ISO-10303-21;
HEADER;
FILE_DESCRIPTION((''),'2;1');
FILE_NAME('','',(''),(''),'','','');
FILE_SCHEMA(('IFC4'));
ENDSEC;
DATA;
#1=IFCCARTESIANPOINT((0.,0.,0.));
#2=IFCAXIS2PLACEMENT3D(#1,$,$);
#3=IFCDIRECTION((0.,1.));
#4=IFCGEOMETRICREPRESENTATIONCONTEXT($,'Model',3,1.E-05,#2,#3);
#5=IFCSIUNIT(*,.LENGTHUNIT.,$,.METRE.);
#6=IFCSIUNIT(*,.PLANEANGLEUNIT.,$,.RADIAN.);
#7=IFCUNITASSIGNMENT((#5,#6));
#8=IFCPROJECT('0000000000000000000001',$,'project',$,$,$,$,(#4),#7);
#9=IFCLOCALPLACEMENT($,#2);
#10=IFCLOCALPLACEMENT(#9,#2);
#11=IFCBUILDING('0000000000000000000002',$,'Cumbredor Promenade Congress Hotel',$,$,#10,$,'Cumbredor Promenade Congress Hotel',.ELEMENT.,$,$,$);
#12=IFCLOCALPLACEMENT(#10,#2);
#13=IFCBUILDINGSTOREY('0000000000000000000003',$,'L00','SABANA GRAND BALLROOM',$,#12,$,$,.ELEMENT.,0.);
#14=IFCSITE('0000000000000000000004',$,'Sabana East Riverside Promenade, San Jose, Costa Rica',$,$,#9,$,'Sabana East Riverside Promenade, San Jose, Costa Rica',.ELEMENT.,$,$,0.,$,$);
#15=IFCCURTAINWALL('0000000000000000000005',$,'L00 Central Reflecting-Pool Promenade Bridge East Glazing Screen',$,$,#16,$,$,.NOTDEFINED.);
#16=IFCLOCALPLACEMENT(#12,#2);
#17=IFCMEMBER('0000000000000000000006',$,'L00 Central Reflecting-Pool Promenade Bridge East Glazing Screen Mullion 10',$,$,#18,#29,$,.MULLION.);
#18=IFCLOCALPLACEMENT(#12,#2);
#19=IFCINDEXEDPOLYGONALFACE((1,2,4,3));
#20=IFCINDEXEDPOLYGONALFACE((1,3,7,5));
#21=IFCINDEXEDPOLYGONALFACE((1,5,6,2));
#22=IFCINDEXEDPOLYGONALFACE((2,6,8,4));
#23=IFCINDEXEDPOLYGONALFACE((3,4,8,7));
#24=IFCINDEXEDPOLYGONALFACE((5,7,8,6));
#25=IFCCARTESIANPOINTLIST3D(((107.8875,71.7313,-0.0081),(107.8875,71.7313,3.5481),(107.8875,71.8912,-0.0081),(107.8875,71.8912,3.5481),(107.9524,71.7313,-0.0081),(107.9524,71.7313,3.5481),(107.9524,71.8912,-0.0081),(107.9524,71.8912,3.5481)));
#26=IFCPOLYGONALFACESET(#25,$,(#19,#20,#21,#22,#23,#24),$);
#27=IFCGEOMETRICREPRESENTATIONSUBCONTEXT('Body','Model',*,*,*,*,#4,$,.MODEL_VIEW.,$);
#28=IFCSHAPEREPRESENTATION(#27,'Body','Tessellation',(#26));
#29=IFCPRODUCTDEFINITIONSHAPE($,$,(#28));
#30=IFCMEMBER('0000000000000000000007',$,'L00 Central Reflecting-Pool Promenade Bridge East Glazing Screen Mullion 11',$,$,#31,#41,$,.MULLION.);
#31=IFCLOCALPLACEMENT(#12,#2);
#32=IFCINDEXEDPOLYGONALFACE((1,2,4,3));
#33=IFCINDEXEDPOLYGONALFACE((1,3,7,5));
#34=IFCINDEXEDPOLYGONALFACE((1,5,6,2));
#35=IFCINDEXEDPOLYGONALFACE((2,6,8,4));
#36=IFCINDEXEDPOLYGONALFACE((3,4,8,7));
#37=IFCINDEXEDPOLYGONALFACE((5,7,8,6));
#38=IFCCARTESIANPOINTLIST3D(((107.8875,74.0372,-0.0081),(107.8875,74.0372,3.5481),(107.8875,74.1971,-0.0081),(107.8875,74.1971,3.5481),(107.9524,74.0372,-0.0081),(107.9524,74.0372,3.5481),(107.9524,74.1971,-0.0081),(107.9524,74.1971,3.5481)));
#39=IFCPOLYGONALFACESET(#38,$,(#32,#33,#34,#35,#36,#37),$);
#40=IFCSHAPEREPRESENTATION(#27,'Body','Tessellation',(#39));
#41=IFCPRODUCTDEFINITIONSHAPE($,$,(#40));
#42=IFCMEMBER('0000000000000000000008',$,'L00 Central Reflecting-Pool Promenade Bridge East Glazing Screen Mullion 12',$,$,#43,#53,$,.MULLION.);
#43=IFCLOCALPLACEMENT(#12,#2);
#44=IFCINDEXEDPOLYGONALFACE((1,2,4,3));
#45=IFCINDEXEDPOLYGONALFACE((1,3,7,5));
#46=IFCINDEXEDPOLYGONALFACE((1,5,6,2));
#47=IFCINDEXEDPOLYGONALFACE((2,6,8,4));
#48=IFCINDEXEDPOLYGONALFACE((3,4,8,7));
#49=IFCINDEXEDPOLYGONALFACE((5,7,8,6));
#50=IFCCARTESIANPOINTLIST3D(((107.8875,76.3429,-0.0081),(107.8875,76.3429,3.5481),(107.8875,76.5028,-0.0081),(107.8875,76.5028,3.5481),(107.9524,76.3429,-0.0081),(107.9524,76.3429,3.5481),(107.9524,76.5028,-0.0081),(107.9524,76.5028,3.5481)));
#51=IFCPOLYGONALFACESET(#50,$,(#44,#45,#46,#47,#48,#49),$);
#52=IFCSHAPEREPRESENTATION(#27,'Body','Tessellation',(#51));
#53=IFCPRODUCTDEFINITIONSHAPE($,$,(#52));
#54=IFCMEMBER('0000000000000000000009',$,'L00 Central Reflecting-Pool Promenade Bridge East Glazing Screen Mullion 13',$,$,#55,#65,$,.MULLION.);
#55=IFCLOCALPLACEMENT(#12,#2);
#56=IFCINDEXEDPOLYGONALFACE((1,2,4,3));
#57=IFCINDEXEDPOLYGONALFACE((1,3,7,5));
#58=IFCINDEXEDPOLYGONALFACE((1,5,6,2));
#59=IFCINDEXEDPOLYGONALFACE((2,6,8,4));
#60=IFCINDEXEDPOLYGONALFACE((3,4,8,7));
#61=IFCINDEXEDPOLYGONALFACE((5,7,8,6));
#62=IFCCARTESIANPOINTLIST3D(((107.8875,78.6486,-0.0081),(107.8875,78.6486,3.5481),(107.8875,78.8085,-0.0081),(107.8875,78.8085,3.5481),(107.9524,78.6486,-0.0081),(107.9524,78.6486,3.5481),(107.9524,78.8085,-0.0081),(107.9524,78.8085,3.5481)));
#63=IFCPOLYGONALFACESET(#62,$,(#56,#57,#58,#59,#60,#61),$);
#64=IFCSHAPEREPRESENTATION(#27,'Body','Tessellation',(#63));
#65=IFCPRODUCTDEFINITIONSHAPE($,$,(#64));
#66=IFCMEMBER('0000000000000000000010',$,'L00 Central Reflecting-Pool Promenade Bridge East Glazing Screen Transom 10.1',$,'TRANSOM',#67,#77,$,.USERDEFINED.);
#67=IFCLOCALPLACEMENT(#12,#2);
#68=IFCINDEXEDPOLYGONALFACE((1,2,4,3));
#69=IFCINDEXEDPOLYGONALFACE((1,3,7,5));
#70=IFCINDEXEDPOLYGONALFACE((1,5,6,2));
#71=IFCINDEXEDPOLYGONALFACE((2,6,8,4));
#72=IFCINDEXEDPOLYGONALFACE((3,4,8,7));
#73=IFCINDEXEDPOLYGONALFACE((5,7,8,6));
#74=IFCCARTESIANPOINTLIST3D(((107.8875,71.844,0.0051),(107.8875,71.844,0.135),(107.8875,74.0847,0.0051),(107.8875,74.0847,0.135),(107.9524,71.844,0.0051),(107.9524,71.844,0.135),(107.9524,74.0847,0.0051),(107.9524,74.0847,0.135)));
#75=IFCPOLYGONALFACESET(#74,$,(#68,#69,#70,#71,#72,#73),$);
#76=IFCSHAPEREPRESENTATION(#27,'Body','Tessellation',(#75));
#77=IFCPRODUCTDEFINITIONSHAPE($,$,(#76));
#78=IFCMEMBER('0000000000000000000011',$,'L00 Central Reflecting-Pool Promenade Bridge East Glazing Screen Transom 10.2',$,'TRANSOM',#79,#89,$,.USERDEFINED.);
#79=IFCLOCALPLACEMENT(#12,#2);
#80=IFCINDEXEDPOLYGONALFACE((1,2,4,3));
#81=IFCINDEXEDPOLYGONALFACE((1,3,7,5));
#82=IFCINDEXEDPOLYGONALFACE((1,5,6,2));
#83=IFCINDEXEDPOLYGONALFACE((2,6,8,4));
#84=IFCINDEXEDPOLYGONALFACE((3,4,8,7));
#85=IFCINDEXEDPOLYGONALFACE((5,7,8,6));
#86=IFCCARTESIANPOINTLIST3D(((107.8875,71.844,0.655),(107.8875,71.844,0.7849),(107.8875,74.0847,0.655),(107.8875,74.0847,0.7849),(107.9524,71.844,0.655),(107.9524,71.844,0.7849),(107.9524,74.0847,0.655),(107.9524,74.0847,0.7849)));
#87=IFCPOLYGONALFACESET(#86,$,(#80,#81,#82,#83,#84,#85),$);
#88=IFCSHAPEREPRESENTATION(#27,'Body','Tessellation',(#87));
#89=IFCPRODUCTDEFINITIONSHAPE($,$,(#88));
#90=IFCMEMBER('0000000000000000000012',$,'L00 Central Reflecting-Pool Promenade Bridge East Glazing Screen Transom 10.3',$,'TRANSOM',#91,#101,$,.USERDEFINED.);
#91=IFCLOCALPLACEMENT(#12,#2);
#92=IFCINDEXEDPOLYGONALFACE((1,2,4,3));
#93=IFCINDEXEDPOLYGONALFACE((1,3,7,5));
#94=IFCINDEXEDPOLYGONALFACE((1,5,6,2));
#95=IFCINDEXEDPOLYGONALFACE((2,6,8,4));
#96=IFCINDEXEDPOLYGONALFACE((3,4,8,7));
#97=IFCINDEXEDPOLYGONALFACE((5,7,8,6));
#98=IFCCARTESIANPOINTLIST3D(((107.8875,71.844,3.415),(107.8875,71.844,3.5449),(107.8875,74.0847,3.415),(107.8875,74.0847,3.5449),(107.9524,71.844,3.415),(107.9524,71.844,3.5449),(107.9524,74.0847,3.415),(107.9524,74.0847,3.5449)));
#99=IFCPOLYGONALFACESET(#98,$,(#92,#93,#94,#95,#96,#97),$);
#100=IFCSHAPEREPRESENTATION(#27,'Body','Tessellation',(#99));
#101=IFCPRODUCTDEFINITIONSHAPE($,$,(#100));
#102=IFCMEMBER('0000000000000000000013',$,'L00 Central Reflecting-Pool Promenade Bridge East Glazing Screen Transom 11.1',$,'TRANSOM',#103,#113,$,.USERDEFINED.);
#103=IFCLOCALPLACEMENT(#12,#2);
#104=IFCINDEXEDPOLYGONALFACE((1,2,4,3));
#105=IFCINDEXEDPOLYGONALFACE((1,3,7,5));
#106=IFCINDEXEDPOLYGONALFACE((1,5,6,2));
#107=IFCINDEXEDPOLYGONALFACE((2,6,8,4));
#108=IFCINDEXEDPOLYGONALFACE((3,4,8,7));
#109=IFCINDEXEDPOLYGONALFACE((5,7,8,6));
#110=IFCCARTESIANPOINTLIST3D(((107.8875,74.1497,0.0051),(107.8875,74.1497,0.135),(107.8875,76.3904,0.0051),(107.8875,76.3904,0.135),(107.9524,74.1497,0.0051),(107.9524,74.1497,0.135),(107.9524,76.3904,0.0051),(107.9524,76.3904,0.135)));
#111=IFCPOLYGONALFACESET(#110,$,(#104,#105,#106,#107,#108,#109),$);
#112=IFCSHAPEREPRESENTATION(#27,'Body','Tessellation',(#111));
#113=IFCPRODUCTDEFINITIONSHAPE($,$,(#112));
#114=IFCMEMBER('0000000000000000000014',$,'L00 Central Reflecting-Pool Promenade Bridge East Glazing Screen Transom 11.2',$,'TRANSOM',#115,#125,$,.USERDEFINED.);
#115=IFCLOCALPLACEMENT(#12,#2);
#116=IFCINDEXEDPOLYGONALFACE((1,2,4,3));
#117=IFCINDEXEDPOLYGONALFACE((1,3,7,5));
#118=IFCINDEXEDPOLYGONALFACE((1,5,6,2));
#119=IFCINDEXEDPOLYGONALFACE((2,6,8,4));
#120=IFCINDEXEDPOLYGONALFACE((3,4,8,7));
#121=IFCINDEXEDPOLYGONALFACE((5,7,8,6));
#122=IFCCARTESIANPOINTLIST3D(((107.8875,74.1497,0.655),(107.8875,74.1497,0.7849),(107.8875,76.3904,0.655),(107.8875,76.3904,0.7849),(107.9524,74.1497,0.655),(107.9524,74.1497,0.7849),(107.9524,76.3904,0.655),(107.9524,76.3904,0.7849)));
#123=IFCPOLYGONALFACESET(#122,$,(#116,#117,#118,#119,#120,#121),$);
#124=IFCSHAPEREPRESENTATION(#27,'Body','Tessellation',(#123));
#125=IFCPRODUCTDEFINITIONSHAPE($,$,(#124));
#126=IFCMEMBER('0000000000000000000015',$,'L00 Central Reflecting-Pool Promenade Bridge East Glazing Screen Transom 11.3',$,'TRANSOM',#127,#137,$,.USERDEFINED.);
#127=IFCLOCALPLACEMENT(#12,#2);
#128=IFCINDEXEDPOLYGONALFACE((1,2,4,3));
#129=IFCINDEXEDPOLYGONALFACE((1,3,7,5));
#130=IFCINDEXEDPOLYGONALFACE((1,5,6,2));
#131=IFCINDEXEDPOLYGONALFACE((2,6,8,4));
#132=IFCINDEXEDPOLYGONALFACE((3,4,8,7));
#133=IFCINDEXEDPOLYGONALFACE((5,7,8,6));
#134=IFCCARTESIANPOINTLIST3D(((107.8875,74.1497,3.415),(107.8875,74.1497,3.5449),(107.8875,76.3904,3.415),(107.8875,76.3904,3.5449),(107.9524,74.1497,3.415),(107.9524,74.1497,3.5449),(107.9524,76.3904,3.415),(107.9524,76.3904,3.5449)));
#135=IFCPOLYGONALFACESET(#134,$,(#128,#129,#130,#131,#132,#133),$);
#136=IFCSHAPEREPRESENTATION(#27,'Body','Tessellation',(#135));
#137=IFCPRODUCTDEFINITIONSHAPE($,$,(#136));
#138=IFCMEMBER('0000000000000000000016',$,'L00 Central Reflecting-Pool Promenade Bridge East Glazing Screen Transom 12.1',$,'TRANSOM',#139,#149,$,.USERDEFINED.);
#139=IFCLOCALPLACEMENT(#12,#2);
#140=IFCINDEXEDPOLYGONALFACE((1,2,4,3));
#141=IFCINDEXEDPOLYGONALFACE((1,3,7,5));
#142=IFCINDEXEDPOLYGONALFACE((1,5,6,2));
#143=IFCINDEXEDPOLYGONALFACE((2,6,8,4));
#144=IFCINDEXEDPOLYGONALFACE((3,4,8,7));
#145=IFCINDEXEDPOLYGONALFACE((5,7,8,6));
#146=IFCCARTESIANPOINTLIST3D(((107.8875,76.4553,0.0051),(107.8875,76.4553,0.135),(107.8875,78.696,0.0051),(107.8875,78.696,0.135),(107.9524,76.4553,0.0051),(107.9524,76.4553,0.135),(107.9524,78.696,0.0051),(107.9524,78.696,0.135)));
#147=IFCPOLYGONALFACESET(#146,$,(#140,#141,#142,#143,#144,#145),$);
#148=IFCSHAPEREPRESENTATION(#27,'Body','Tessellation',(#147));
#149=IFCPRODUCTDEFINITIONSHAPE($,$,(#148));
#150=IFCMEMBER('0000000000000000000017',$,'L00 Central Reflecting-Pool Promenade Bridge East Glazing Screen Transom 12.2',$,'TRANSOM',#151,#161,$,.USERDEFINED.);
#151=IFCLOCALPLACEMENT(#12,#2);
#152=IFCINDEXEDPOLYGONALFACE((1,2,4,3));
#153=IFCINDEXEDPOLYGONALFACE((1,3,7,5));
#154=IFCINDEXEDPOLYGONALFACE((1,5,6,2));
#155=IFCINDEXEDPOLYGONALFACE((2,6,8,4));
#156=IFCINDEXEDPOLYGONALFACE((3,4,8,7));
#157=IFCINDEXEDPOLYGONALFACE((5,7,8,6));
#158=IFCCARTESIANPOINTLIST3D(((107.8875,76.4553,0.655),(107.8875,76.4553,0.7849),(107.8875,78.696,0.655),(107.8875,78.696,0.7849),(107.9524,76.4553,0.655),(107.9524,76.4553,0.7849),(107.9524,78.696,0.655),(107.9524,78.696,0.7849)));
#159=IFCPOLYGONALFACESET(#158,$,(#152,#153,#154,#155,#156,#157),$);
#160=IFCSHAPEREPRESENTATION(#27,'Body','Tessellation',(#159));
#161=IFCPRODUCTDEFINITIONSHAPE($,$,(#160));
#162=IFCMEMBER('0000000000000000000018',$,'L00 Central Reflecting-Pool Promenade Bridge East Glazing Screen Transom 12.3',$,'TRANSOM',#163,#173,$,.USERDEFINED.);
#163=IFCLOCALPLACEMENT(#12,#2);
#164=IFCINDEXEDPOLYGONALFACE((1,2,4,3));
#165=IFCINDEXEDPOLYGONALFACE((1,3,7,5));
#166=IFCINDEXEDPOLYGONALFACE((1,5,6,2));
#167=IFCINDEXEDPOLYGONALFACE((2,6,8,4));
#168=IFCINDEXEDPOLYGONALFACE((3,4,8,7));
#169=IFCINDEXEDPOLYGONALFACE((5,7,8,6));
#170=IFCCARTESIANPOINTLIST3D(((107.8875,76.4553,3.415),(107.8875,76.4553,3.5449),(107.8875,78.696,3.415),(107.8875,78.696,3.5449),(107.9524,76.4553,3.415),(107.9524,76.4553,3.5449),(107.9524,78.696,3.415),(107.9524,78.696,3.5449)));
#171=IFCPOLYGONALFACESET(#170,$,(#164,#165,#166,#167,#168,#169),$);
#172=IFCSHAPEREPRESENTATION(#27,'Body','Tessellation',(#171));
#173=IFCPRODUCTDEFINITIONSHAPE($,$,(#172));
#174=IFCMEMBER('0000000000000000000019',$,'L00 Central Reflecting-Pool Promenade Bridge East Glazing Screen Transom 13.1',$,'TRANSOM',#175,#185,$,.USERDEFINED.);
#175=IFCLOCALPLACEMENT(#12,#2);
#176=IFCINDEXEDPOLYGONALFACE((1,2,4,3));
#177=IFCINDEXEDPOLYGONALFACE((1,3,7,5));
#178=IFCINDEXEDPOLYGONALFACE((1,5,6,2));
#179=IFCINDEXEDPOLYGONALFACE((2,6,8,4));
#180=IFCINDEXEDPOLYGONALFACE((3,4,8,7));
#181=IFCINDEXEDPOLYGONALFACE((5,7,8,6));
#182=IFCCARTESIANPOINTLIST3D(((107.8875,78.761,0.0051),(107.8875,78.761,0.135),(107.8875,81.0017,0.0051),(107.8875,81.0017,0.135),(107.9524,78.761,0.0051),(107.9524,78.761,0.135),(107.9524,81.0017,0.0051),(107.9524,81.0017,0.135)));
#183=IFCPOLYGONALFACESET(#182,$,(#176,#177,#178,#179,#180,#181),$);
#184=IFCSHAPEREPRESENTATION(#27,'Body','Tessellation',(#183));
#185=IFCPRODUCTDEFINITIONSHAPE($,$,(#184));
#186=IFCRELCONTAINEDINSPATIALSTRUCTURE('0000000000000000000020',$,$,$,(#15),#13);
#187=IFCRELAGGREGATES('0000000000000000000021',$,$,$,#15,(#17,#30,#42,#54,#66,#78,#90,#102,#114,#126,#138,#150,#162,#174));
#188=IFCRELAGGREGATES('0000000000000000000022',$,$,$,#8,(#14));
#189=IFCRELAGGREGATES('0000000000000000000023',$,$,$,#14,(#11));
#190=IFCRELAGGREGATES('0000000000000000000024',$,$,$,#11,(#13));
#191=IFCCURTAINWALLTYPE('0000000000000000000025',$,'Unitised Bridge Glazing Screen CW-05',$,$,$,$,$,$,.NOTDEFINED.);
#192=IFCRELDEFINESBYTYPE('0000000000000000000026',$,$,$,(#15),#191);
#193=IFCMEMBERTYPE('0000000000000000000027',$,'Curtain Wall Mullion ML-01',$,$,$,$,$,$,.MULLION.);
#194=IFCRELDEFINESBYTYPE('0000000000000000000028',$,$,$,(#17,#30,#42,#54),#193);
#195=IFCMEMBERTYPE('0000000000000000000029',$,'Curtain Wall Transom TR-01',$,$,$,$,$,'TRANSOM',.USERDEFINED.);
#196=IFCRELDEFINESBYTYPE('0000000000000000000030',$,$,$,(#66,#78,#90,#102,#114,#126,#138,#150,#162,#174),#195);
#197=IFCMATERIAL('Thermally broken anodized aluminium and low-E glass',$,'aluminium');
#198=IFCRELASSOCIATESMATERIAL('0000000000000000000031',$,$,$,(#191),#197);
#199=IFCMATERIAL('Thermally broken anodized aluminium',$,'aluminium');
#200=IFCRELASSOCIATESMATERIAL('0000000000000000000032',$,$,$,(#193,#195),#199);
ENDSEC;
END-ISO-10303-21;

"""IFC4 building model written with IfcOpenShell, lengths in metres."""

from ifc_helpers import new_model, si_unit, direction, frame, origin, origin_2d, place, context, subcontext, project, spatial, rectangle, extrude, material, material_profile, profile_set, type_object, element, aggregate, save


model = new_model("IFC4")

# Units and contexts
model_context = context("Model", 3, precision=1e-05, world=origin(), true_north=direction((0.0, 1.0)))
body_context = subcontext(model_context, "Body", "Model", "MODEL_VIEW")
ifc_project = project(units=[si_unit("LENGTHUNIT", "METRE"), si_unit("PLANEANGLEUNIT", "RADIAN")], contexts=[model_context])

# Site, building, storey
site_placement = place(None, origin())
site = spatial("IfcSite", under=ifc_project, at=site_placement, Name="Sabana East Riverside Promenade, San Jose, Costa Rica", LongName="Sabana East Riverside Promenade, San Jose, Costa Rica", CompositionType="ELEMENT", RefElevation=0.0)
building_placement = place(site_placement, origin())
building = spatial("IfcBuilding", under=site, at=building_placement, Name="Cumbredor Promenade Congress Hotel", LongName="Cumbredor Promenade Congress Hotel", CompositionType="ELEMENT")
storey_placement = place(building_placement, origin())
storey = spatial("IfcBuildingStorey", under=building, at=storey_placement, Name="L00", Description="SABANA GRAND BALLROOM", CompositionType="ELEMENT", Elevation=0.0)

# Curtain wall, members
ifc_material_1 = material(Name="Thermally broken anodized aluminium and low-E glass", Category="aluminium")
curtain_wall_type = type_object("IfcCurtainWallType", Name="Unitised Bridge Glazing Screen CW-05", PredefinedType="NOTDEFINED", material=ifc_material_1)
curtain_wall_placement = place(storey_placement, origin())
curtain_wall = element("IfcCurtainWall", 1, at=curtain_wall_placement, inside=storey, type_object=curtain_wall_type, Name="L00 Central Reflecting-Pool Promenade Bridge East Glazing Screen", PredefinedType="NOTDEFINED")
ifc_material_2 = material(Name="Thermally broken anodized aluminium", Category="aluminium")
ifc_material_profile_1 = material_profile(ifc_material_2, rectangle(XDim=0.0649, YDim=0.1599, at=origin_2d()), Name="ALU MULLION 65x160")
ifc_profile_set_1 = profile_set([ifc_material_profile_1], Name="Thermally broken anodized aluminium")
member_type_1 = type_object("IfcMemberType", Name="Curtain Wall Mullion ML-01", PredefinedType="MULLION", material=ifc_profile_set_1)
member_1_placement = place(storey_placement, frame((107.9199, 71.8113, -0.0081), z_axis=(0.0, 0.0, 1.0), x_axis=(1.0, 0.0, 0.0)))
member_1 = element("IfcMember", 2, at=member_1_placement, type_object=member_type_1, Name="L00 Central Reflecting-Pool Promenade Bridge East Glazing Screen Mullion 10", PredefinedType="MULLION", context=body_context, shape_type="SweptSolid", body=[
    extrude(rectangle(XDim=0.0649, YDim=0.1599, at=origin_2d()), origin(), (0.0, 0.0, 1.0), 3.5562),
])
member_2_placement = place(storey_placement, frame((107.9199, 74.1172, -0.0081), z_axis=(0.0, 0.0, 1.0), x_axis=(1.0, 0.0, 0.0)))
member_2 = element("IfcMember", 3, at=member_2_placement, type_object=member_type_1, Name="L00 Central Reflecting-Pool Promenade Bridge East Glazing Screen Mullion 11", PredefinedType="MULLION", context=body_context, shape_type="SweptSolid", body=[
    extrude(rectangle(XDim=0.0649, YDim=0.1599, at=origin_2d()), origin(), (0.0, 0.0, 1.0), 3.5562),
])
member_3_placement = place(storey_placement, frame((107.9199, 76.4229, -0.0081), z_axis=(0.0, 0.0, 1.0), x_axis=(1.0, 0.0, 0.0)))
member_3 = element("IfcMember", 4, at=member_3_placement, type_object=member_type_1, Name="L00 Central Reflecting-Pool Promenade Bridge East Glazing Screen Mullion 12", PredefinedType="MULLION", context=body_context, shape_type="SweptSolid", body=[
    extrude(rectangle(XDim=0.0649, YDim=0.1599, at=origin_2d()), origin(), (0.0, 0.0, 1.0), 3.5562),
])
member_4_placement = place(storey_placement, frame((107.9199, 78.7285, -0.0081), z_axis=(0.0, 0.0, 1.0), x_axis=(1.0, 0.0, 0.0)))
member_4 = element("IfcMember", 5, at=member_4_placement, type_object=member_type_1, Name="L00 Central Reflecting-Pool Promenade Bridge East Glazing Screen Mullion 13", PredefinedType="MULLION", context=body_context, shape_type="SweptSolid", body=[
    extrude(rectangle(XDim=0.0649, YDim=0.1599, at=origin_2d()), origin(), (0.0, 0.0, 1.0), 3.5562),
])
ifc_material_profile_2 = material_profile(ifc_material_2, rectangle(XDim=0.0649, YDim=0.1299, at=origin_2d()), Name="ALU TRANSOM 65x130")
ifc_profile_set_2 = profile_set([ifc_material_profile_2], Name="Thermally broken anodized aluminium")
member_type_2 = type_object("IfcMemberType", Name="Curtain Wall Transom TR-01", ElementType="TRANSOM", PredefinedType="USERDEFINED", material=ifc_profile_set_2)
member_5_placement = place(storey_placement, frame((107.9199, 71.844, 0.0701), z_axis=(0.0, 1.0, 0.0), x_axis=(-1.0, 0.0, 0.0)))
member_5 = element("IfcMember", 6, at=member_5_placement, type_object=member_type_2, Name="L00 Central Reflecting-Pool Promenade Bridge East Glazing Screen Transom 10.1", ObjectType="TRANSOM", PredefinedType="USERDEFINED", context=body_context, shape_type="SweptSolid", body=[
    extrude(rectangle(XDim=0.0649, YDim=0.1299, at=origin_2d()), origin(), (0.0, 0.0, 1.0), 2.2407),
])
member_6_placement = place(storey_placement, frame((107.9199, 71.844, 0.72), z_axis=(0.0, 1.0, 0.0), x_axis=(-1.0, 0.0, 0.0)))
member_6 = element("IfcMember", 7, at=member_6_placement, type_object=member_type_2, Name="L00 Central Reflecting-Pool Promenade Bridge East Glazing Screen Transom 10.2", ObjectType="TRANSOM", PredefinedType="USERDEFINED", context=body_context, shape_type="SweptSolid", body=[
    extrude(rectangle(XDim=0.0649, YDim=0.1299, at=origin_2d()), origin(), (0.0, 0.0, 1.0), 2.2407),
])
member_7_placement = place(storey_placement, frame((107.9199, 71.844, 3.48), z_axis=(0.0, 1.0, 0.0), x_axis=(-1.0, 0.0, 0.0)))
member_7 = element("IfcMember", 8, at=member_7_placement, type_object=member_type_2, Name="L00 Central Reflecting-Pool Promenade Bridge East Glazing Screen Transom 10.3", ObjectType="TRANSOM", PredefinedType="USERDEFINED", context=body_context, shape_type="SweptSolid", body=[
    extrude(rectangle(XDim=0.0649, YDim=0.1299, at=origin_2d()), origin(), (0.0, 0.0, 1.0), 2.2407),
])
member_8_placement = place(storey_placement, frame((107.9199, 74.1497, 0.0701), z_axis=(0.0, 1.0, 0.0), x_axis=(-1.0, 0.0, 0.0)))
member_8 = element("IfcMember", 9, at=member_8_placement, type_object=member_type_2, Name="L00 Central Reflecting-Pool Promenade Bridge East Glazing Screen Transom 11.1", ObjectType="TRANSOM", PredefinedType="USERDEFINED", context=body_context, shape_type="SweptSolid", body=[
    extrude(rectangle(XDim=0.0649, YDim=0.1299, at=origin_2d()), origin(), (0.0, 0.0, 1.0), 2.2407),
])
member_9_placement = place(storey_placement, frame((107.9199, 74.1497, 0.72), z_axis=(0.0, 1.0, 0.0), x_axis=(-1.0, 0.0, 0.0)))
member_9 = element("IfcMember", 10, at=member_9_placement, type_object=member_type_2, Name="L00 Central Reflecting-Pool Promenade Bridge East Glazing Screen Transom 11.2", ObjectType="TRANSOM", PredefinedType="USERDEFINED", context=body_context, shape_type="SweptSolid", body=[
    extrude(rectangle(XDim=0.0649, YDim=0.1299, at=origin_2d()), origin(), (0.0, 0.0, 1.0), 2.2407),
])
member_10_placement = place(storey_placement, frame((107.9199, 74.1497, 3.48), z_axis=(0.0, 1.0, 0.0), x_axis=(-1.0, 0.0, 0.0)))
member_10 = element("IfcMember", 11, at=member_10_placement, type_object=member_type_2, Name="L00 Central Reflecting-Pool Promenade Bridge East Glazing Screen Transom 11.3", ObjectType="TRANSOM", PredefinedType="USERDEFINED", context=body_context, shape_type="SweptSolid", body=[
    extrude(rectangle(XDim=0.0649, YDim=0.1299, at=origin_2d()), origin(), (0.0, 0.0, 1.0), 2.2407),
])
member_11_placement = place(storey_placement, frame((107.9199, 76.4553, 0.0701), z_axis=(0.0, 1.0, 0.0), x_axis=(-1.0, 0.0, 0.0)))
member_11 = element("IfcMember", 12, at=member_11_placement, type_object=member_type_2, Name="L00 Central Reflecting-Pool Promenade Bridge East Glazing Screen Transom 12.1", ObjectType="TRANSOM", PredefinedType="USERDEFINED", context=body_context, shape_type="SweptSolid", body=[
    extrude(rectangle(XDim=0.0649, YDim=0.1299, at=origin_2d()), origin(), (0.0, 0.0, 1.0), 2.2407),
])
member_12_placement = place(storey_placement, frame((107.9199, 76.4553, 0.72), z_axis=(0.0, 1.0, 0.0), x_axis=(-1.0, 0.0, 0.0)))
member_12 = element("IfcMember", 13, at=member_12_placement, type_object=member_type_2, Name="L00 Central Reflecting-Pool Promenade Bridge East Glazing Screen Transom 12.2", ObjectType="TRANSOM", PredefinedType="USERDEFINED", context=body_context, shape_type="SweptSolid", body=[
    extrude(rectangle(XDim=0.0649, YDim=0.1299, at=origin_2d()), origin(), (0.0, 0.0, 1.0), 2.2407),
])
member_13_placement = place(storey_placement, frame((107.9199, 76.4553, 3.48), z_axis=(0.0, 1.0, 0.0), x_axis=(-1.0, 0.0, 0.0)))
member_13 = element("IfcMember", 14, at=member_13_placement, type_object=member_type_2, Name="L00 Central Reflecting-Pool Promenade Bridge East Glazing Screen Transom 12.3", ObjectType="TRANSOM", PredefinedType="USERDEFINED", context=body_context, shape_type="SweptSolid", body=[
    extrude(rectangle(XDim=0.0649, YDim=0.1299, at=origin_2d()), origin(), (0.0, 0.0, 1.0), 2.2407),
])
member_14_placement = place(storey_placement, frame((107.9199, 78.761, 0.0701), z_axis=(0.0, 1.0, 0.0), x_axis=(-1.0, 0.0, 0.0)))
member_14 = element("IfcMember", 15, at=member_14_placement, type_object=member_type_2, Name="L00 Central Reflecting-Pool Promenade Bridge East Glazing Screen Transom 13.1", ObjectType="TRANSOM", PredefinedType="USERDEFINED", context=body_context, shape_type="SweptSolid", body=[
    extrude(rectangle(XDim=0.0649, YDim=0.1299, at=origin_2d()), origin(), (0.0, 0.0, 1.0), 2.2407),
])
aggregate(curtain_wall, [member_1, member_2, member_3, member_4, member_5, member_6, member_7, member_8, member_9, member_10, member_11, member_12, member_13, member_14])

save(model, "model.ifc")
